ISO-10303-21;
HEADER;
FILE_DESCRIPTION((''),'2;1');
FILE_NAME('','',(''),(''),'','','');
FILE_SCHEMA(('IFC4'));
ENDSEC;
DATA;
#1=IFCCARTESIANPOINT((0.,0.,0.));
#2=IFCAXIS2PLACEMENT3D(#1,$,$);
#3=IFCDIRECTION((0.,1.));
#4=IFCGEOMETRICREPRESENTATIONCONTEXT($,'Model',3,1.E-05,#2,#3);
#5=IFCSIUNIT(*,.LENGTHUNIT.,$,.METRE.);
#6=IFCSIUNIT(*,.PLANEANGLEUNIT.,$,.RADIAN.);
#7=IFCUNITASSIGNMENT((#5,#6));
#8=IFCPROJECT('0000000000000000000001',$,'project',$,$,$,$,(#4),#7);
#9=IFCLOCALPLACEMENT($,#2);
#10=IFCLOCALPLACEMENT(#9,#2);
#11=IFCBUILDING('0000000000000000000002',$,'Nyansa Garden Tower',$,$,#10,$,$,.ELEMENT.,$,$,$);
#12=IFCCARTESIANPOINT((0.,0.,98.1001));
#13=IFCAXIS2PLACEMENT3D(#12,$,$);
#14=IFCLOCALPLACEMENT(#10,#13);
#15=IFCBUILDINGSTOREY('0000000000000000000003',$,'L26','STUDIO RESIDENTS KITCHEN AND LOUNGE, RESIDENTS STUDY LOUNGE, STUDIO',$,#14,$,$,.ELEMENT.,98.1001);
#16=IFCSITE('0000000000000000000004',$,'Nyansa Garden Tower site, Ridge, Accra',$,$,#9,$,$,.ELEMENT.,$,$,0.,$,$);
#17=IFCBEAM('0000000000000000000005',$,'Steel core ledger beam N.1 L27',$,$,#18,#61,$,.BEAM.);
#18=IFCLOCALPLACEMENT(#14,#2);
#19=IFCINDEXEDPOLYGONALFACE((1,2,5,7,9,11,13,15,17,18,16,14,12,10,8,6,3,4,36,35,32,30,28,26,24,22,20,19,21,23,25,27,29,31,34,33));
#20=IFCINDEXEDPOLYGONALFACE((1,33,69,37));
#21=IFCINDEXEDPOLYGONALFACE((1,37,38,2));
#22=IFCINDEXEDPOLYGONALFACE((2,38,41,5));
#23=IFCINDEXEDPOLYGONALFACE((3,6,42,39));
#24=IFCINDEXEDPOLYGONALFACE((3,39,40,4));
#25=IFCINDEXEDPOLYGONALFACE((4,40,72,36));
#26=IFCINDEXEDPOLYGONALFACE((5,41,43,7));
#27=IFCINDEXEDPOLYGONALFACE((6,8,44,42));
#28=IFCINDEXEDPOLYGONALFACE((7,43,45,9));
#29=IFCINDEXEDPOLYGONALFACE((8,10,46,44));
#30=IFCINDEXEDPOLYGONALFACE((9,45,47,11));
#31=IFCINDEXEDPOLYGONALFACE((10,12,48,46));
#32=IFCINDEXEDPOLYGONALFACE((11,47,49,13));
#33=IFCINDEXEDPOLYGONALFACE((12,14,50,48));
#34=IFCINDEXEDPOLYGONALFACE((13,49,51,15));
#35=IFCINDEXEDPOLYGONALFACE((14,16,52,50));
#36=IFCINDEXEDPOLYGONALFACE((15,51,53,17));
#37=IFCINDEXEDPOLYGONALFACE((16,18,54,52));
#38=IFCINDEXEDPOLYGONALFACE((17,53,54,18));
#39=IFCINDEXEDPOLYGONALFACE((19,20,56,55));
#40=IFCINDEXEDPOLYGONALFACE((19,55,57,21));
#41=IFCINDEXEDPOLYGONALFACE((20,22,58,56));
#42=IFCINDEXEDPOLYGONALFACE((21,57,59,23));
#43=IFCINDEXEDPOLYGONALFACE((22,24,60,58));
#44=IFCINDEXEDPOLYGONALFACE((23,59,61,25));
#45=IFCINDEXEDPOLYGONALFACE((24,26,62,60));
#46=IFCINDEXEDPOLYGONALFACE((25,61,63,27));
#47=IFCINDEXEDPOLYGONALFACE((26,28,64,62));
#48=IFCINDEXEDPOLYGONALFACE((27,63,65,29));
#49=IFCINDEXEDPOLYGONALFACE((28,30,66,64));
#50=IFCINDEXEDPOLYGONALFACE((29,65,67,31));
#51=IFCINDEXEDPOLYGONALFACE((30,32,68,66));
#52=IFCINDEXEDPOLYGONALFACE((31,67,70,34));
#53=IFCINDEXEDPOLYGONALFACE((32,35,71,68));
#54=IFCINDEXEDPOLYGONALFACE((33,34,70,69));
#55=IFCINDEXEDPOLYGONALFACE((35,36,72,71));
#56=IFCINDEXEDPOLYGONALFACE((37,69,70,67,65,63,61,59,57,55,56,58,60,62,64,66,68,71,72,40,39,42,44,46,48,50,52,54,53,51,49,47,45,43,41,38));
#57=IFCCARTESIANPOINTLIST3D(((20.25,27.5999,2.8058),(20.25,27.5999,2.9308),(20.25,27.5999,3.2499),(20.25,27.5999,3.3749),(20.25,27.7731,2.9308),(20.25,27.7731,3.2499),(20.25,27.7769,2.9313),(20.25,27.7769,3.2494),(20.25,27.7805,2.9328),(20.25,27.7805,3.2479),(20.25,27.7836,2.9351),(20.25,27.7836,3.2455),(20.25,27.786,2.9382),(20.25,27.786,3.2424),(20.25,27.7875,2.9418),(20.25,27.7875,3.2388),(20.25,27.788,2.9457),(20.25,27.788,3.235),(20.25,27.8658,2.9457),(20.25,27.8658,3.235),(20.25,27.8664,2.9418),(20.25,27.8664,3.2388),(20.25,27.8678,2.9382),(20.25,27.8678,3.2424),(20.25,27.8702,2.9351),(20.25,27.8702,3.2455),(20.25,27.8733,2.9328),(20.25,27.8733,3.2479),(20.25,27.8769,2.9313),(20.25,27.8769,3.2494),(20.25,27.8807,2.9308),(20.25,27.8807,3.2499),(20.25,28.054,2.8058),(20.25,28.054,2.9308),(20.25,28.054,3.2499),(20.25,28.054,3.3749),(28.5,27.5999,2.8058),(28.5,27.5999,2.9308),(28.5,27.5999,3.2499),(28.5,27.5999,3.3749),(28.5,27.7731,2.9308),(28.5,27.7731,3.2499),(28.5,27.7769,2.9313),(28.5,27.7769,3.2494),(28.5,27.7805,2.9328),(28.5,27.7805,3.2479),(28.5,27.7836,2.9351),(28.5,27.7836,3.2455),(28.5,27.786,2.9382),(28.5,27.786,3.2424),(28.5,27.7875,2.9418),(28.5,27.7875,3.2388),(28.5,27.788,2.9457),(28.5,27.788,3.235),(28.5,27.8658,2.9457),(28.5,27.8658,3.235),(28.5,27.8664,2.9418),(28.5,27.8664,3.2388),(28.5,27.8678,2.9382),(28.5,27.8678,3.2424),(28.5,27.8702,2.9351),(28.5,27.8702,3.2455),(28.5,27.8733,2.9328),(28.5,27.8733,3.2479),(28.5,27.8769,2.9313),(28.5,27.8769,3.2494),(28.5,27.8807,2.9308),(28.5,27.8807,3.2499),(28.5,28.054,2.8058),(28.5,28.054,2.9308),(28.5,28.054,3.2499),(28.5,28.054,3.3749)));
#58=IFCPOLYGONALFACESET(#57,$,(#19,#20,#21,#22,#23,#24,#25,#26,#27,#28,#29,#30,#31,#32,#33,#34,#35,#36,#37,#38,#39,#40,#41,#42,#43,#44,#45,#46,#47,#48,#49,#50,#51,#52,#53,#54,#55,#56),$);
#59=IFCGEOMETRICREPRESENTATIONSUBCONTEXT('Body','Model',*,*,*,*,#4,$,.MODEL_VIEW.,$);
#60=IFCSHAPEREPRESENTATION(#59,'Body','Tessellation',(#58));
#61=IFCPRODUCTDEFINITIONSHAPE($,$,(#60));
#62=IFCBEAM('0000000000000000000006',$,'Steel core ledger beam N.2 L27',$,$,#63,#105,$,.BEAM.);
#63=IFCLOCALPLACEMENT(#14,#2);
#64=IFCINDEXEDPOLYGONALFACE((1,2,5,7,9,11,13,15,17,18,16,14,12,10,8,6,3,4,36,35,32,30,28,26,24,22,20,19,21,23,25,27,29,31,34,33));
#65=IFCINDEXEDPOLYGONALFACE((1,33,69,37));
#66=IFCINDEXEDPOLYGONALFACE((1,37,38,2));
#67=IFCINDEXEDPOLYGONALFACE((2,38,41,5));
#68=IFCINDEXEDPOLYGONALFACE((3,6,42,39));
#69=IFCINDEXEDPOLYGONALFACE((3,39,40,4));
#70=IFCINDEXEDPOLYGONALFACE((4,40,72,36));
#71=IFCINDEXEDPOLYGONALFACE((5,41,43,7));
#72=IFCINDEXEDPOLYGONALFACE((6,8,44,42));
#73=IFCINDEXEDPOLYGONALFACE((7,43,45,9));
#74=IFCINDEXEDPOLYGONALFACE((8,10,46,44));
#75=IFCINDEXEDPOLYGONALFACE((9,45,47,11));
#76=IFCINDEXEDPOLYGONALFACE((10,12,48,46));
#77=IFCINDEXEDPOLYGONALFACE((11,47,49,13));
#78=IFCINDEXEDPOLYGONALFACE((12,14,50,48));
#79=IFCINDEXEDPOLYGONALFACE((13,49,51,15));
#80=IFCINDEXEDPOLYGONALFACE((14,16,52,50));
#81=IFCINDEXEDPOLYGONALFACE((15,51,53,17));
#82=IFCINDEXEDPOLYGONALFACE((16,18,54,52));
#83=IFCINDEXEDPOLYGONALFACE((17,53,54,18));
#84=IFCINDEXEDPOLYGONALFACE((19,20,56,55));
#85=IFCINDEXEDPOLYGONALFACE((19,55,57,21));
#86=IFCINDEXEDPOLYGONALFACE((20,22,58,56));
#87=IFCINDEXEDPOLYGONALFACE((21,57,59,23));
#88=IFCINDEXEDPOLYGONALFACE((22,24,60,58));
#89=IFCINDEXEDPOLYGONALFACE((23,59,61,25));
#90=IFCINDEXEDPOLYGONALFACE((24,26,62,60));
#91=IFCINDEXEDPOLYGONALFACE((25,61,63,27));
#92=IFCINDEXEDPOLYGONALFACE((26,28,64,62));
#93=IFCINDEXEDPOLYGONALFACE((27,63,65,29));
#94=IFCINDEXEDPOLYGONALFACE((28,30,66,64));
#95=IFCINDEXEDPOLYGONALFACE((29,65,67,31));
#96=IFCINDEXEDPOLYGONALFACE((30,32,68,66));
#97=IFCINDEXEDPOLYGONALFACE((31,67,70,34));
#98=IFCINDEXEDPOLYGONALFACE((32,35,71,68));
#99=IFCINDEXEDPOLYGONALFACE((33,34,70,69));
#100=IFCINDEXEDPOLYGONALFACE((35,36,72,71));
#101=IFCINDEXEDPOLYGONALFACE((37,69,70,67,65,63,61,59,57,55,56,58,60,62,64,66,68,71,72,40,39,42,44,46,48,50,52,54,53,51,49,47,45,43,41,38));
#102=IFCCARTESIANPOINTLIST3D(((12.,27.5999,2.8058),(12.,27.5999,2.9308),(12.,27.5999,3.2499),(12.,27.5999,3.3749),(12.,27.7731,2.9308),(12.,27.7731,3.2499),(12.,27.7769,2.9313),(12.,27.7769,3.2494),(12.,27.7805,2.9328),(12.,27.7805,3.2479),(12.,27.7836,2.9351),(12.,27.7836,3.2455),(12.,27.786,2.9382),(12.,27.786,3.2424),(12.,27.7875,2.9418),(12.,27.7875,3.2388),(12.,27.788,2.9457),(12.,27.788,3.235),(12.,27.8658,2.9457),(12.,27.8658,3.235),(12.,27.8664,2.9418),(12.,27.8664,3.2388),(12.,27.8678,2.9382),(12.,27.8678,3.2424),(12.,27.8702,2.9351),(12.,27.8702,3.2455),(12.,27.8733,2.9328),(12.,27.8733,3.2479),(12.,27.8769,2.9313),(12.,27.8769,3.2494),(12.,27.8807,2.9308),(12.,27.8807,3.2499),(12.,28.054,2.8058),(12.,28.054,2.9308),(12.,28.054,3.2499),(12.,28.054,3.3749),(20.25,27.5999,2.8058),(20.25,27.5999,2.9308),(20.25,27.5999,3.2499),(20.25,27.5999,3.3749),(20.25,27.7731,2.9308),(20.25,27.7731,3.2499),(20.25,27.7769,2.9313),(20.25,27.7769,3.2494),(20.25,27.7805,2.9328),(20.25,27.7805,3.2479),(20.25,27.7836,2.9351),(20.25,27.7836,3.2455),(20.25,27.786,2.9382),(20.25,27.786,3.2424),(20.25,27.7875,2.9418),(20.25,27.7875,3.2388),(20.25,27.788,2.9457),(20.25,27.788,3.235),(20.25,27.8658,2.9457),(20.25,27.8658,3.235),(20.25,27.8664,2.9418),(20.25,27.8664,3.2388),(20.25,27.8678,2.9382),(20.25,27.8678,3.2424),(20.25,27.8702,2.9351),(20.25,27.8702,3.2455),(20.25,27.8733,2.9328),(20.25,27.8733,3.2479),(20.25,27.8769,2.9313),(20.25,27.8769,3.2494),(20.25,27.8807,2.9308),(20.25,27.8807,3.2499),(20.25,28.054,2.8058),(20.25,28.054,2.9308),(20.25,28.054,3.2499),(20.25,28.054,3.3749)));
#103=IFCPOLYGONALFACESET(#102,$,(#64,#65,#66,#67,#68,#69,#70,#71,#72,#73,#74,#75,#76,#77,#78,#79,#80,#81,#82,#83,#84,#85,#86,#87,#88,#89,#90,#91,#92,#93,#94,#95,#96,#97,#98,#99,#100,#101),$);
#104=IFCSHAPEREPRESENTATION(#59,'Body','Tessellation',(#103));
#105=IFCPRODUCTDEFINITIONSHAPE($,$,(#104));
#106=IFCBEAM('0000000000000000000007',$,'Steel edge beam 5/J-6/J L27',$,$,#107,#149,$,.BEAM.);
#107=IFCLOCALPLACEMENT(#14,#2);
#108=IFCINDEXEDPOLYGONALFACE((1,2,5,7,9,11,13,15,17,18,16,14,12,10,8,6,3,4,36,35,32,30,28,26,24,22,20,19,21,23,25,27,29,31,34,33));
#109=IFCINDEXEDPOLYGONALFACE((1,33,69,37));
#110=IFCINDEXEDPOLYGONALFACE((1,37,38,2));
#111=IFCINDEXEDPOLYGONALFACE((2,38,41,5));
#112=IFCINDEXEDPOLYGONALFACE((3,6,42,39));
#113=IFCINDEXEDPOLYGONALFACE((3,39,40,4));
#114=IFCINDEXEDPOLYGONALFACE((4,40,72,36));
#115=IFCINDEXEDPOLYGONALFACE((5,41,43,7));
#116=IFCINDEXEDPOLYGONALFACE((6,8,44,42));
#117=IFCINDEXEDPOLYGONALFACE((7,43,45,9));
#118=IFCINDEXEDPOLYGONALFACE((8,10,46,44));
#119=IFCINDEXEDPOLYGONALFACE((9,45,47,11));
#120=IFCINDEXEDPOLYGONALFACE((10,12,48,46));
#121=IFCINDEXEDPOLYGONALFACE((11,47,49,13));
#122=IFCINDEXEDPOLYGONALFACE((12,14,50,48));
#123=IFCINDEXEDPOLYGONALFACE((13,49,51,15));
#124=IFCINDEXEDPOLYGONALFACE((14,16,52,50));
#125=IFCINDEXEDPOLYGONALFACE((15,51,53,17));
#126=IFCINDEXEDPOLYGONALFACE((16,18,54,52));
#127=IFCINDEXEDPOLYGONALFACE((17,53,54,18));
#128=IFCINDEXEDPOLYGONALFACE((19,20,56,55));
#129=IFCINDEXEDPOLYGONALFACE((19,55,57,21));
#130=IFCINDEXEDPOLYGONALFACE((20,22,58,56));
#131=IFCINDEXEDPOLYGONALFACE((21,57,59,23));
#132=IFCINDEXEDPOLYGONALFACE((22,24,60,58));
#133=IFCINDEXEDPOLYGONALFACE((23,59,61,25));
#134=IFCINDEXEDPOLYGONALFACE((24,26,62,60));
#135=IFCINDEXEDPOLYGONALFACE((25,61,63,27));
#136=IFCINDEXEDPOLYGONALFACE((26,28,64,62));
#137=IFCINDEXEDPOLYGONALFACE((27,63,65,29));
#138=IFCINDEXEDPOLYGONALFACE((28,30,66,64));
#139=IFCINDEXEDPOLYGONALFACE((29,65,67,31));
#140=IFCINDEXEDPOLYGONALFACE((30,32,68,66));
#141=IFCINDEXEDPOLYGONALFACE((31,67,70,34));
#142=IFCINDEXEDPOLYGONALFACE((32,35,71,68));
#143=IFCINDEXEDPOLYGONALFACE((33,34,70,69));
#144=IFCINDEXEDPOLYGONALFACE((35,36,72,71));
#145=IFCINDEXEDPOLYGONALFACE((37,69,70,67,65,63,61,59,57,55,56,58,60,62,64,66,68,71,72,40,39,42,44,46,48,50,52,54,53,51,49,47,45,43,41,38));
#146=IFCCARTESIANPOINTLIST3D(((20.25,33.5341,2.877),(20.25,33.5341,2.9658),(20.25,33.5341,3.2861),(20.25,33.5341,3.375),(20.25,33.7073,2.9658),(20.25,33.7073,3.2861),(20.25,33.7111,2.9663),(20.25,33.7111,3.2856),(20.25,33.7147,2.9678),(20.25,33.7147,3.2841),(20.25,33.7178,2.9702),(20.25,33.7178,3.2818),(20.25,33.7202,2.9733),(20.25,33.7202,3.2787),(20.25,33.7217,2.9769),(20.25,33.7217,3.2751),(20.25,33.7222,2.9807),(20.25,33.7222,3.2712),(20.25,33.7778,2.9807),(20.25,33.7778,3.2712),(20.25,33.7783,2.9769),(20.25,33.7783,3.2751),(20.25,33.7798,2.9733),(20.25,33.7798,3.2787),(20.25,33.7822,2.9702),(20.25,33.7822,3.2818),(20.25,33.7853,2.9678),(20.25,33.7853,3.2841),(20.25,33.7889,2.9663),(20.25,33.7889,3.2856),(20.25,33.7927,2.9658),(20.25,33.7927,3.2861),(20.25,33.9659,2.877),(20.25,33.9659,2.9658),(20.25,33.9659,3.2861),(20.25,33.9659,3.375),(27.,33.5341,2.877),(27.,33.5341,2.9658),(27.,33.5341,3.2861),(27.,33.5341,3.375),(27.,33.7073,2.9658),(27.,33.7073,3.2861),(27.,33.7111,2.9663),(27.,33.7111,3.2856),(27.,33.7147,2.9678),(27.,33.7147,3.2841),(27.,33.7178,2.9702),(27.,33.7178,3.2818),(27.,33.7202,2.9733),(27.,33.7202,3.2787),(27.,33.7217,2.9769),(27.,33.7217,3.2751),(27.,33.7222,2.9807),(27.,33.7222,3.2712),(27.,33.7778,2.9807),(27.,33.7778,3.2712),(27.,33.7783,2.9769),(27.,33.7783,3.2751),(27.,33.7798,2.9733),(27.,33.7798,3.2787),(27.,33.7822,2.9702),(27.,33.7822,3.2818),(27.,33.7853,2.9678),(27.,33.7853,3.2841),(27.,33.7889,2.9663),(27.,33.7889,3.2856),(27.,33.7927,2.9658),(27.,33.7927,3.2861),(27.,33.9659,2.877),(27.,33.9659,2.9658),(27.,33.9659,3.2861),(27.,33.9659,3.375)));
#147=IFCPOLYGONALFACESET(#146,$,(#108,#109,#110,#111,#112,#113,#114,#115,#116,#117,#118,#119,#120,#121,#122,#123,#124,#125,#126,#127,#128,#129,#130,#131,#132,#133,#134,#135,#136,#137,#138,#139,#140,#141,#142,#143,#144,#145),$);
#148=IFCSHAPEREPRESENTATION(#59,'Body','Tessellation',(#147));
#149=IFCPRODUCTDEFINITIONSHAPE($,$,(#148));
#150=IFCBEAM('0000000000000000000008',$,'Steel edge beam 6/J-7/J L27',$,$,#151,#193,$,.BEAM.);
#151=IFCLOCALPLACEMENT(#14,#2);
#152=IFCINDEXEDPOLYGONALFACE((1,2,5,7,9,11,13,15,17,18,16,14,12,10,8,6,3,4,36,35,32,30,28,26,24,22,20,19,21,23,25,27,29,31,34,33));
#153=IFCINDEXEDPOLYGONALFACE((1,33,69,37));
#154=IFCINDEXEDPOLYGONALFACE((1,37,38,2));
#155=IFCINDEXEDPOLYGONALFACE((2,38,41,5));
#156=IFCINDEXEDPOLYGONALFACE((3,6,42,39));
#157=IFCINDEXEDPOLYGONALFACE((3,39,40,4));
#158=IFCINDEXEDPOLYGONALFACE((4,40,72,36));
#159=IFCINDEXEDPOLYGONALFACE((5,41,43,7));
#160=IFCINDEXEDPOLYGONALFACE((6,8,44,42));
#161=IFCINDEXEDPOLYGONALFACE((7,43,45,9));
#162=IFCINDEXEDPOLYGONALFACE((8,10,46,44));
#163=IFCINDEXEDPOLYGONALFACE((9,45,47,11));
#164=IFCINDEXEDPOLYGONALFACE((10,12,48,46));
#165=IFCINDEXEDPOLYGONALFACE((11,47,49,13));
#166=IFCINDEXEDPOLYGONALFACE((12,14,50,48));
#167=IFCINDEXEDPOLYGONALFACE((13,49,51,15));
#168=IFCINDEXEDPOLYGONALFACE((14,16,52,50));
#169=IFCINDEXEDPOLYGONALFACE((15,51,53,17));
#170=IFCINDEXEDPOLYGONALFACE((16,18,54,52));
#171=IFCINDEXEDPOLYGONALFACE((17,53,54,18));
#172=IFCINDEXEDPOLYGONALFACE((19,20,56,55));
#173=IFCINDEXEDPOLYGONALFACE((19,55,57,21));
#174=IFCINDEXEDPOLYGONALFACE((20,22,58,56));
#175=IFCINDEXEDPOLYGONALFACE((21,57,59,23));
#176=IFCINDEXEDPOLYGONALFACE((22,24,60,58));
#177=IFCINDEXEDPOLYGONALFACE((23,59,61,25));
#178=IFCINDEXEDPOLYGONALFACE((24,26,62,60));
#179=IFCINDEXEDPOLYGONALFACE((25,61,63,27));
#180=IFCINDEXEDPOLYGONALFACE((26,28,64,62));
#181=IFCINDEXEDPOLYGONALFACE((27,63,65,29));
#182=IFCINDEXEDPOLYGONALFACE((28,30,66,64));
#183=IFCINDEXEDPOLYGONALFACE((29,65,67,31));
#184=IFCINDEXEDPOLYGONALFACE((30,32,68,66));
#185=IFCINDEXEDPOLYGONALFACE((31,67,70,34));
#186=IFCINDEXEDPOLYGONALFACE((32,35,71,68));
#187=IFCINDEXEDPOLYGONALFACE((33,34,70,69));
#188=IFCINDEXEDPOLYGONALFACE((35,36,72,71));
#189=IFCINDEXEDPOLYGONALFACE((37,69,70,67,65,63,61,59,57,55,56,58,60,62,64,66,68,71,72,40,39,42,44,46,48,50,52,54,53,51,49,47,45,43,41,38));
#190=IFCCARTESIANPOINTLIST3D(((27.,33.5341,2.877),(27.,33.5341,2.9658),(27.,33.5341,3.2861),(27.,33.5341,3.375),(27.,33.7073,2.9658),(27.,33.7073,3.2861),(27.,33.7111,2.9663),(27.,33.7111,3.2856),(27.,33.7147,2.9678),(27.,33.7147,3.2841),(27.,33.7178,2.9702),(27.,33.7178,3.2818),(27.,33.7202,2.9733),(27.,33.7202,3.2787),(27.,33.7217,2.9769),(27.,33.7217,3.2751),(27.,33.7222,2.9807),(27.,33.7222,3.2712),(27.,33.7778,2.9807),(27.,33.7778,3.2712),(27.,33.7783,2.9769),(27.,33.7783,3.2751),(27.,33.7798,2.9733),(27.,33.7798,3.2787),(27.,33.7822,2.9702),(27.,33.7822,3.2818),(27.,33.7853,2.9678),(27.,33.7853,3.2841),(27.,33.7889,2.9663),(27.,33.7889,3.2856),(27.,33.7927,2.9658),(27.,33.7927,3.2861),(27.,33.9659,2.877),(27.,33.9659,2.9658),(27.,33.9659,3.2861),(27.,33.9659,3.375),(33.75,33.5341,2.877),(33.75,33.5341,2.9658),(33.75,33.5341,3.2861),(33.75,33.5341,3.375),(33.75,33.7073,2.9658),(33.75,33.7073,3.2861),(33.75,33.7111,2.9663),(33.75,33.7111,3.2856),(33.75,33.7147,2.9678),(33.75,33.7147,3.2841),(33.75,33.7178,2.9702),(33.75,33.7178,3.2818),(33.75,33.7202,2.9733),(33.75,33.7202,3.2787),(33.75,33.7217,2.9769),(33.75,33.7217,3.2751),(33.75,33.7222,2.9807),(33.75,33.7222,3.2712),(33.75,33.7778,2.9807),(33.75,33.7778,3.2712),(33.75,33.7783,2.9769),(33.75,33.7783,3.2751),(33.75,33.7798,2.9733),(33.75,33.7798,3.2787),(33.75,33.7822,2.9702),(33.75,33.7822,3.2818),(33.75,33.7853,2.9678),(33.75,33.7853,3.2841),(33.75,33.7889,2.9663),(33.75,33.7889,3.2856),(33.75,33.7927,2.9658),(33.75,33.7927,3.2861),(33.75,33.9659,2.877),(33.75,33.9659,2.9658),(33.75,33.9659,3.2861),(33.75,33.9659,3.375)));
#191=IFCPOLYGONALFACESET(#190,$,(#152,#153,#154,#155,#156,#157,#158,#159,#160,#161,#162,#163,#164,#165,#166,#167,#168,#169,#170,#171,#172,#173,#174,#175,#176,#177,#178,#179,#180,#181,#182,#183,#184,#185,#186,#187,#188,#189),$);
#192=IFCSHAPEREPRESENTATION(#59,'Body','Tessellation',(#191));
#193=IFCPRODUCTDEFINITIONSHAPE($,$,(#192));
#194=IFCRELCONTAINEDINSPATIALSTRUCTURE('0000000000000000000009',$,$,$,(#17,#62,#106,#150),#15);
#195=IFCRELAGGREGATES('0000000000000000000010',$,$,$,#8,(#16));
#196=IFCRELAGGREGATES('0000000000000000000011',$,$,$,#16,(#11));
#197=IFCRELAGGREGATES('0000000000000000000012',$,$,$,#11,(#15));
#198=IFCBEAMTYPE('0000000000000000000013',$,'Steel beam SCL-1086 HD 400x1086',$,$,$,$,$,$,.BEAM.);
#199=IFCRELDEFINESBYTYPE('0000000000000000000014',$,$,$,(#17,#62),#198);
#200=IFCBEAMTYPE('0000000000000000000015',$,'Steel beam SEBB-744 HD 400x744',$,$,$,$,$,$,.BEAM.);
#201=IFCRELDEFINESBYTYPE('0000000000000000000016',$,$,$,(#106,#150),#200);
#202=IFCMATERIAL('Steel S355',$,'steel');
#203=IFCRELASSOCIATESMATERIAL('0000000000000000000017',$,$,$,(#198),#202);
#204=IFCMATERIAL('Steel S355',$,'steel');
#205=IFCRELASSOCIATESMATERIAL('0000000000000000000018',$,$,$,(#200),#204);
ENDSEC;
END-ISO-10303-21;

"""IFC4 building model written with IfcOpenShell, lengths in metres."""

from ifc_helpers import new_model, si_unit, direction, frame, origin, origin_2d, place, context, subcontext, project, spatial, i_section, extrude, material, material_profile, profile_set, type_object, element, save


model = new_model("IFC4")

# Units and contexts
model_context = context("Model", 3, precision=1e-05, world=origin(), true_north=direction((0.0, 1.0)))
body_context = subcontext(model_context, "Body", "Model", "MODEL_VIEW")
ifc_project = project(units=[si_unit("LENGTHUNIT", "METRE"), si_unit("PLANEANGLEUNIT", "RADIAN")], contexts=[model_context])

# Site, building, storey
site_placement = place(None, origin())
site = spatial("IfcSite", under=ifc_project, at=site_placement, Name="Nyansa Garden Tower site, Ridge, Accra", CompositionType="ELEMENT", RefElevation=0.0)
building_placement = place(site_placement, origin())
building = spatial("IfcBuilding", under=site, at=building_placement, Name="Nyansa Garden Tower", CompositionType="ELEMENT")
storey_placement = place(building_placement, frame((0.0, 0.0, 98.1001)))
storey = spatial("IfcBuildingStorey", under=building, at=storey_placement, Name="L26", Description="STUDIO RESIDENTS KITCHEN AND LOUNGE, RESIDENTS STUDY LOUNGE, STUDIO", CompositionType="ELEMENT", Elevation=98.1001)

# Beams
ifc_material_1 = material(Name="Steel S355", Category="steel")
ifc_material_profile_1 = material_profile(ifc_material_1, i_section(OverallWidth=0.4541, OverallDepth=0.5691, WebThickness=0.0779, FlangeThickness=0.125, FilletRadius=0.0149, at=origin_2d()), Name="HD 400x1086")
ifc_profile_set_1 = profile_set([ifc_material_profile_1], Name="Steel S355")
beam_type_1 = type_object("IfcBeamType", Name="Steel beam SCL-1086 HD 400x1086", PredefinedType="BEAM", material=ifc_profile_set_1)
for number, where, z_axis, x_axis, name in (
    (1, (28.5, 27.8269, 3.0903), (-1.0, 0.0, 0.0), (0.0, -1.0, 0.0), "Steel core ledger beam N.1 L27"),
    (2, (20.25, 27.8269, 3.0903), (-1.0, 0.0, 0.0), (0.0, -1.0, 0.0), "Steel core ledger beam N.2 L27"),
):
    element("IfcBeam", number, at=place(storey_placement, frame(where, z_axis=z_axis, x_axis=x_axis)), inside=storey, type_object=beam_type_1, Name=name, PredefinedType="BEAM", context=body_context, shape_type="SweptSolid", body=[
        extrude(i_section(OverallWidth=0.4541, OverallDepth=0.5691, WebThickness=0.0779, FlangeThickness=0.125, FilletRadius=0.0149, at=origin_2d()), origin(), (0.0, 0.0, 1.0), 8.25),
    ])
ifc_material_2 = material(Name="Steel S355", Category="steel")
ifc_material_profile_2 = material_profile(ifc_material_2, i_section(OverallWidth=0.4319, OverallDepth=0.498, WebThickness=0.0557, FlangeThickness=0.0889, FilletRadius=0.0149, at=origin_2d()), Name="HD 400x744")
ifc_profile_set_2 = profile_set([ifc_material_profile_2], Name="Steel S355")
beam_type_2 = type_object("IfcBeamType", Name="Steel beam SEBB-744 HD 400x744", PredefinedType="BEAM", material=ifc_profile_set_2)
for number, where, z_axis, x_axis, name in (
    (3, (20.25, 33.75, 3.126), (1.0, 0.0, 0.0), (0.0, 1.0, 0.0), "Steel edge beam 5/J-6/J L27"),
    (4, (27.0, 33.75, 3.126), (1.0, 0.0, 0.0), (0.0, 1.0, 0.0), "Steel edge beam 6/J-7/J L27"),
):
    element("IfcBeam", number, at=place(storey_placement, frame(where, z_axis=z_axis, x_axis=x_axis)), inside=storey, type_object=beam_type_2, Name=name, PredefinedType="BEAM", context=body_context, shape_type="SweptSolid", body=[
        extrude(i_section(OverallWidth=0.4319, OverallDepth=0.498, WebThickness=0.0557, FlangeThickness=0.0889, FilletRadius=0.0149, at=origin_2d()), origin(), (0.0, 0.0, 1.0), 6.75),
    ])

save(model, "model.ifc")
